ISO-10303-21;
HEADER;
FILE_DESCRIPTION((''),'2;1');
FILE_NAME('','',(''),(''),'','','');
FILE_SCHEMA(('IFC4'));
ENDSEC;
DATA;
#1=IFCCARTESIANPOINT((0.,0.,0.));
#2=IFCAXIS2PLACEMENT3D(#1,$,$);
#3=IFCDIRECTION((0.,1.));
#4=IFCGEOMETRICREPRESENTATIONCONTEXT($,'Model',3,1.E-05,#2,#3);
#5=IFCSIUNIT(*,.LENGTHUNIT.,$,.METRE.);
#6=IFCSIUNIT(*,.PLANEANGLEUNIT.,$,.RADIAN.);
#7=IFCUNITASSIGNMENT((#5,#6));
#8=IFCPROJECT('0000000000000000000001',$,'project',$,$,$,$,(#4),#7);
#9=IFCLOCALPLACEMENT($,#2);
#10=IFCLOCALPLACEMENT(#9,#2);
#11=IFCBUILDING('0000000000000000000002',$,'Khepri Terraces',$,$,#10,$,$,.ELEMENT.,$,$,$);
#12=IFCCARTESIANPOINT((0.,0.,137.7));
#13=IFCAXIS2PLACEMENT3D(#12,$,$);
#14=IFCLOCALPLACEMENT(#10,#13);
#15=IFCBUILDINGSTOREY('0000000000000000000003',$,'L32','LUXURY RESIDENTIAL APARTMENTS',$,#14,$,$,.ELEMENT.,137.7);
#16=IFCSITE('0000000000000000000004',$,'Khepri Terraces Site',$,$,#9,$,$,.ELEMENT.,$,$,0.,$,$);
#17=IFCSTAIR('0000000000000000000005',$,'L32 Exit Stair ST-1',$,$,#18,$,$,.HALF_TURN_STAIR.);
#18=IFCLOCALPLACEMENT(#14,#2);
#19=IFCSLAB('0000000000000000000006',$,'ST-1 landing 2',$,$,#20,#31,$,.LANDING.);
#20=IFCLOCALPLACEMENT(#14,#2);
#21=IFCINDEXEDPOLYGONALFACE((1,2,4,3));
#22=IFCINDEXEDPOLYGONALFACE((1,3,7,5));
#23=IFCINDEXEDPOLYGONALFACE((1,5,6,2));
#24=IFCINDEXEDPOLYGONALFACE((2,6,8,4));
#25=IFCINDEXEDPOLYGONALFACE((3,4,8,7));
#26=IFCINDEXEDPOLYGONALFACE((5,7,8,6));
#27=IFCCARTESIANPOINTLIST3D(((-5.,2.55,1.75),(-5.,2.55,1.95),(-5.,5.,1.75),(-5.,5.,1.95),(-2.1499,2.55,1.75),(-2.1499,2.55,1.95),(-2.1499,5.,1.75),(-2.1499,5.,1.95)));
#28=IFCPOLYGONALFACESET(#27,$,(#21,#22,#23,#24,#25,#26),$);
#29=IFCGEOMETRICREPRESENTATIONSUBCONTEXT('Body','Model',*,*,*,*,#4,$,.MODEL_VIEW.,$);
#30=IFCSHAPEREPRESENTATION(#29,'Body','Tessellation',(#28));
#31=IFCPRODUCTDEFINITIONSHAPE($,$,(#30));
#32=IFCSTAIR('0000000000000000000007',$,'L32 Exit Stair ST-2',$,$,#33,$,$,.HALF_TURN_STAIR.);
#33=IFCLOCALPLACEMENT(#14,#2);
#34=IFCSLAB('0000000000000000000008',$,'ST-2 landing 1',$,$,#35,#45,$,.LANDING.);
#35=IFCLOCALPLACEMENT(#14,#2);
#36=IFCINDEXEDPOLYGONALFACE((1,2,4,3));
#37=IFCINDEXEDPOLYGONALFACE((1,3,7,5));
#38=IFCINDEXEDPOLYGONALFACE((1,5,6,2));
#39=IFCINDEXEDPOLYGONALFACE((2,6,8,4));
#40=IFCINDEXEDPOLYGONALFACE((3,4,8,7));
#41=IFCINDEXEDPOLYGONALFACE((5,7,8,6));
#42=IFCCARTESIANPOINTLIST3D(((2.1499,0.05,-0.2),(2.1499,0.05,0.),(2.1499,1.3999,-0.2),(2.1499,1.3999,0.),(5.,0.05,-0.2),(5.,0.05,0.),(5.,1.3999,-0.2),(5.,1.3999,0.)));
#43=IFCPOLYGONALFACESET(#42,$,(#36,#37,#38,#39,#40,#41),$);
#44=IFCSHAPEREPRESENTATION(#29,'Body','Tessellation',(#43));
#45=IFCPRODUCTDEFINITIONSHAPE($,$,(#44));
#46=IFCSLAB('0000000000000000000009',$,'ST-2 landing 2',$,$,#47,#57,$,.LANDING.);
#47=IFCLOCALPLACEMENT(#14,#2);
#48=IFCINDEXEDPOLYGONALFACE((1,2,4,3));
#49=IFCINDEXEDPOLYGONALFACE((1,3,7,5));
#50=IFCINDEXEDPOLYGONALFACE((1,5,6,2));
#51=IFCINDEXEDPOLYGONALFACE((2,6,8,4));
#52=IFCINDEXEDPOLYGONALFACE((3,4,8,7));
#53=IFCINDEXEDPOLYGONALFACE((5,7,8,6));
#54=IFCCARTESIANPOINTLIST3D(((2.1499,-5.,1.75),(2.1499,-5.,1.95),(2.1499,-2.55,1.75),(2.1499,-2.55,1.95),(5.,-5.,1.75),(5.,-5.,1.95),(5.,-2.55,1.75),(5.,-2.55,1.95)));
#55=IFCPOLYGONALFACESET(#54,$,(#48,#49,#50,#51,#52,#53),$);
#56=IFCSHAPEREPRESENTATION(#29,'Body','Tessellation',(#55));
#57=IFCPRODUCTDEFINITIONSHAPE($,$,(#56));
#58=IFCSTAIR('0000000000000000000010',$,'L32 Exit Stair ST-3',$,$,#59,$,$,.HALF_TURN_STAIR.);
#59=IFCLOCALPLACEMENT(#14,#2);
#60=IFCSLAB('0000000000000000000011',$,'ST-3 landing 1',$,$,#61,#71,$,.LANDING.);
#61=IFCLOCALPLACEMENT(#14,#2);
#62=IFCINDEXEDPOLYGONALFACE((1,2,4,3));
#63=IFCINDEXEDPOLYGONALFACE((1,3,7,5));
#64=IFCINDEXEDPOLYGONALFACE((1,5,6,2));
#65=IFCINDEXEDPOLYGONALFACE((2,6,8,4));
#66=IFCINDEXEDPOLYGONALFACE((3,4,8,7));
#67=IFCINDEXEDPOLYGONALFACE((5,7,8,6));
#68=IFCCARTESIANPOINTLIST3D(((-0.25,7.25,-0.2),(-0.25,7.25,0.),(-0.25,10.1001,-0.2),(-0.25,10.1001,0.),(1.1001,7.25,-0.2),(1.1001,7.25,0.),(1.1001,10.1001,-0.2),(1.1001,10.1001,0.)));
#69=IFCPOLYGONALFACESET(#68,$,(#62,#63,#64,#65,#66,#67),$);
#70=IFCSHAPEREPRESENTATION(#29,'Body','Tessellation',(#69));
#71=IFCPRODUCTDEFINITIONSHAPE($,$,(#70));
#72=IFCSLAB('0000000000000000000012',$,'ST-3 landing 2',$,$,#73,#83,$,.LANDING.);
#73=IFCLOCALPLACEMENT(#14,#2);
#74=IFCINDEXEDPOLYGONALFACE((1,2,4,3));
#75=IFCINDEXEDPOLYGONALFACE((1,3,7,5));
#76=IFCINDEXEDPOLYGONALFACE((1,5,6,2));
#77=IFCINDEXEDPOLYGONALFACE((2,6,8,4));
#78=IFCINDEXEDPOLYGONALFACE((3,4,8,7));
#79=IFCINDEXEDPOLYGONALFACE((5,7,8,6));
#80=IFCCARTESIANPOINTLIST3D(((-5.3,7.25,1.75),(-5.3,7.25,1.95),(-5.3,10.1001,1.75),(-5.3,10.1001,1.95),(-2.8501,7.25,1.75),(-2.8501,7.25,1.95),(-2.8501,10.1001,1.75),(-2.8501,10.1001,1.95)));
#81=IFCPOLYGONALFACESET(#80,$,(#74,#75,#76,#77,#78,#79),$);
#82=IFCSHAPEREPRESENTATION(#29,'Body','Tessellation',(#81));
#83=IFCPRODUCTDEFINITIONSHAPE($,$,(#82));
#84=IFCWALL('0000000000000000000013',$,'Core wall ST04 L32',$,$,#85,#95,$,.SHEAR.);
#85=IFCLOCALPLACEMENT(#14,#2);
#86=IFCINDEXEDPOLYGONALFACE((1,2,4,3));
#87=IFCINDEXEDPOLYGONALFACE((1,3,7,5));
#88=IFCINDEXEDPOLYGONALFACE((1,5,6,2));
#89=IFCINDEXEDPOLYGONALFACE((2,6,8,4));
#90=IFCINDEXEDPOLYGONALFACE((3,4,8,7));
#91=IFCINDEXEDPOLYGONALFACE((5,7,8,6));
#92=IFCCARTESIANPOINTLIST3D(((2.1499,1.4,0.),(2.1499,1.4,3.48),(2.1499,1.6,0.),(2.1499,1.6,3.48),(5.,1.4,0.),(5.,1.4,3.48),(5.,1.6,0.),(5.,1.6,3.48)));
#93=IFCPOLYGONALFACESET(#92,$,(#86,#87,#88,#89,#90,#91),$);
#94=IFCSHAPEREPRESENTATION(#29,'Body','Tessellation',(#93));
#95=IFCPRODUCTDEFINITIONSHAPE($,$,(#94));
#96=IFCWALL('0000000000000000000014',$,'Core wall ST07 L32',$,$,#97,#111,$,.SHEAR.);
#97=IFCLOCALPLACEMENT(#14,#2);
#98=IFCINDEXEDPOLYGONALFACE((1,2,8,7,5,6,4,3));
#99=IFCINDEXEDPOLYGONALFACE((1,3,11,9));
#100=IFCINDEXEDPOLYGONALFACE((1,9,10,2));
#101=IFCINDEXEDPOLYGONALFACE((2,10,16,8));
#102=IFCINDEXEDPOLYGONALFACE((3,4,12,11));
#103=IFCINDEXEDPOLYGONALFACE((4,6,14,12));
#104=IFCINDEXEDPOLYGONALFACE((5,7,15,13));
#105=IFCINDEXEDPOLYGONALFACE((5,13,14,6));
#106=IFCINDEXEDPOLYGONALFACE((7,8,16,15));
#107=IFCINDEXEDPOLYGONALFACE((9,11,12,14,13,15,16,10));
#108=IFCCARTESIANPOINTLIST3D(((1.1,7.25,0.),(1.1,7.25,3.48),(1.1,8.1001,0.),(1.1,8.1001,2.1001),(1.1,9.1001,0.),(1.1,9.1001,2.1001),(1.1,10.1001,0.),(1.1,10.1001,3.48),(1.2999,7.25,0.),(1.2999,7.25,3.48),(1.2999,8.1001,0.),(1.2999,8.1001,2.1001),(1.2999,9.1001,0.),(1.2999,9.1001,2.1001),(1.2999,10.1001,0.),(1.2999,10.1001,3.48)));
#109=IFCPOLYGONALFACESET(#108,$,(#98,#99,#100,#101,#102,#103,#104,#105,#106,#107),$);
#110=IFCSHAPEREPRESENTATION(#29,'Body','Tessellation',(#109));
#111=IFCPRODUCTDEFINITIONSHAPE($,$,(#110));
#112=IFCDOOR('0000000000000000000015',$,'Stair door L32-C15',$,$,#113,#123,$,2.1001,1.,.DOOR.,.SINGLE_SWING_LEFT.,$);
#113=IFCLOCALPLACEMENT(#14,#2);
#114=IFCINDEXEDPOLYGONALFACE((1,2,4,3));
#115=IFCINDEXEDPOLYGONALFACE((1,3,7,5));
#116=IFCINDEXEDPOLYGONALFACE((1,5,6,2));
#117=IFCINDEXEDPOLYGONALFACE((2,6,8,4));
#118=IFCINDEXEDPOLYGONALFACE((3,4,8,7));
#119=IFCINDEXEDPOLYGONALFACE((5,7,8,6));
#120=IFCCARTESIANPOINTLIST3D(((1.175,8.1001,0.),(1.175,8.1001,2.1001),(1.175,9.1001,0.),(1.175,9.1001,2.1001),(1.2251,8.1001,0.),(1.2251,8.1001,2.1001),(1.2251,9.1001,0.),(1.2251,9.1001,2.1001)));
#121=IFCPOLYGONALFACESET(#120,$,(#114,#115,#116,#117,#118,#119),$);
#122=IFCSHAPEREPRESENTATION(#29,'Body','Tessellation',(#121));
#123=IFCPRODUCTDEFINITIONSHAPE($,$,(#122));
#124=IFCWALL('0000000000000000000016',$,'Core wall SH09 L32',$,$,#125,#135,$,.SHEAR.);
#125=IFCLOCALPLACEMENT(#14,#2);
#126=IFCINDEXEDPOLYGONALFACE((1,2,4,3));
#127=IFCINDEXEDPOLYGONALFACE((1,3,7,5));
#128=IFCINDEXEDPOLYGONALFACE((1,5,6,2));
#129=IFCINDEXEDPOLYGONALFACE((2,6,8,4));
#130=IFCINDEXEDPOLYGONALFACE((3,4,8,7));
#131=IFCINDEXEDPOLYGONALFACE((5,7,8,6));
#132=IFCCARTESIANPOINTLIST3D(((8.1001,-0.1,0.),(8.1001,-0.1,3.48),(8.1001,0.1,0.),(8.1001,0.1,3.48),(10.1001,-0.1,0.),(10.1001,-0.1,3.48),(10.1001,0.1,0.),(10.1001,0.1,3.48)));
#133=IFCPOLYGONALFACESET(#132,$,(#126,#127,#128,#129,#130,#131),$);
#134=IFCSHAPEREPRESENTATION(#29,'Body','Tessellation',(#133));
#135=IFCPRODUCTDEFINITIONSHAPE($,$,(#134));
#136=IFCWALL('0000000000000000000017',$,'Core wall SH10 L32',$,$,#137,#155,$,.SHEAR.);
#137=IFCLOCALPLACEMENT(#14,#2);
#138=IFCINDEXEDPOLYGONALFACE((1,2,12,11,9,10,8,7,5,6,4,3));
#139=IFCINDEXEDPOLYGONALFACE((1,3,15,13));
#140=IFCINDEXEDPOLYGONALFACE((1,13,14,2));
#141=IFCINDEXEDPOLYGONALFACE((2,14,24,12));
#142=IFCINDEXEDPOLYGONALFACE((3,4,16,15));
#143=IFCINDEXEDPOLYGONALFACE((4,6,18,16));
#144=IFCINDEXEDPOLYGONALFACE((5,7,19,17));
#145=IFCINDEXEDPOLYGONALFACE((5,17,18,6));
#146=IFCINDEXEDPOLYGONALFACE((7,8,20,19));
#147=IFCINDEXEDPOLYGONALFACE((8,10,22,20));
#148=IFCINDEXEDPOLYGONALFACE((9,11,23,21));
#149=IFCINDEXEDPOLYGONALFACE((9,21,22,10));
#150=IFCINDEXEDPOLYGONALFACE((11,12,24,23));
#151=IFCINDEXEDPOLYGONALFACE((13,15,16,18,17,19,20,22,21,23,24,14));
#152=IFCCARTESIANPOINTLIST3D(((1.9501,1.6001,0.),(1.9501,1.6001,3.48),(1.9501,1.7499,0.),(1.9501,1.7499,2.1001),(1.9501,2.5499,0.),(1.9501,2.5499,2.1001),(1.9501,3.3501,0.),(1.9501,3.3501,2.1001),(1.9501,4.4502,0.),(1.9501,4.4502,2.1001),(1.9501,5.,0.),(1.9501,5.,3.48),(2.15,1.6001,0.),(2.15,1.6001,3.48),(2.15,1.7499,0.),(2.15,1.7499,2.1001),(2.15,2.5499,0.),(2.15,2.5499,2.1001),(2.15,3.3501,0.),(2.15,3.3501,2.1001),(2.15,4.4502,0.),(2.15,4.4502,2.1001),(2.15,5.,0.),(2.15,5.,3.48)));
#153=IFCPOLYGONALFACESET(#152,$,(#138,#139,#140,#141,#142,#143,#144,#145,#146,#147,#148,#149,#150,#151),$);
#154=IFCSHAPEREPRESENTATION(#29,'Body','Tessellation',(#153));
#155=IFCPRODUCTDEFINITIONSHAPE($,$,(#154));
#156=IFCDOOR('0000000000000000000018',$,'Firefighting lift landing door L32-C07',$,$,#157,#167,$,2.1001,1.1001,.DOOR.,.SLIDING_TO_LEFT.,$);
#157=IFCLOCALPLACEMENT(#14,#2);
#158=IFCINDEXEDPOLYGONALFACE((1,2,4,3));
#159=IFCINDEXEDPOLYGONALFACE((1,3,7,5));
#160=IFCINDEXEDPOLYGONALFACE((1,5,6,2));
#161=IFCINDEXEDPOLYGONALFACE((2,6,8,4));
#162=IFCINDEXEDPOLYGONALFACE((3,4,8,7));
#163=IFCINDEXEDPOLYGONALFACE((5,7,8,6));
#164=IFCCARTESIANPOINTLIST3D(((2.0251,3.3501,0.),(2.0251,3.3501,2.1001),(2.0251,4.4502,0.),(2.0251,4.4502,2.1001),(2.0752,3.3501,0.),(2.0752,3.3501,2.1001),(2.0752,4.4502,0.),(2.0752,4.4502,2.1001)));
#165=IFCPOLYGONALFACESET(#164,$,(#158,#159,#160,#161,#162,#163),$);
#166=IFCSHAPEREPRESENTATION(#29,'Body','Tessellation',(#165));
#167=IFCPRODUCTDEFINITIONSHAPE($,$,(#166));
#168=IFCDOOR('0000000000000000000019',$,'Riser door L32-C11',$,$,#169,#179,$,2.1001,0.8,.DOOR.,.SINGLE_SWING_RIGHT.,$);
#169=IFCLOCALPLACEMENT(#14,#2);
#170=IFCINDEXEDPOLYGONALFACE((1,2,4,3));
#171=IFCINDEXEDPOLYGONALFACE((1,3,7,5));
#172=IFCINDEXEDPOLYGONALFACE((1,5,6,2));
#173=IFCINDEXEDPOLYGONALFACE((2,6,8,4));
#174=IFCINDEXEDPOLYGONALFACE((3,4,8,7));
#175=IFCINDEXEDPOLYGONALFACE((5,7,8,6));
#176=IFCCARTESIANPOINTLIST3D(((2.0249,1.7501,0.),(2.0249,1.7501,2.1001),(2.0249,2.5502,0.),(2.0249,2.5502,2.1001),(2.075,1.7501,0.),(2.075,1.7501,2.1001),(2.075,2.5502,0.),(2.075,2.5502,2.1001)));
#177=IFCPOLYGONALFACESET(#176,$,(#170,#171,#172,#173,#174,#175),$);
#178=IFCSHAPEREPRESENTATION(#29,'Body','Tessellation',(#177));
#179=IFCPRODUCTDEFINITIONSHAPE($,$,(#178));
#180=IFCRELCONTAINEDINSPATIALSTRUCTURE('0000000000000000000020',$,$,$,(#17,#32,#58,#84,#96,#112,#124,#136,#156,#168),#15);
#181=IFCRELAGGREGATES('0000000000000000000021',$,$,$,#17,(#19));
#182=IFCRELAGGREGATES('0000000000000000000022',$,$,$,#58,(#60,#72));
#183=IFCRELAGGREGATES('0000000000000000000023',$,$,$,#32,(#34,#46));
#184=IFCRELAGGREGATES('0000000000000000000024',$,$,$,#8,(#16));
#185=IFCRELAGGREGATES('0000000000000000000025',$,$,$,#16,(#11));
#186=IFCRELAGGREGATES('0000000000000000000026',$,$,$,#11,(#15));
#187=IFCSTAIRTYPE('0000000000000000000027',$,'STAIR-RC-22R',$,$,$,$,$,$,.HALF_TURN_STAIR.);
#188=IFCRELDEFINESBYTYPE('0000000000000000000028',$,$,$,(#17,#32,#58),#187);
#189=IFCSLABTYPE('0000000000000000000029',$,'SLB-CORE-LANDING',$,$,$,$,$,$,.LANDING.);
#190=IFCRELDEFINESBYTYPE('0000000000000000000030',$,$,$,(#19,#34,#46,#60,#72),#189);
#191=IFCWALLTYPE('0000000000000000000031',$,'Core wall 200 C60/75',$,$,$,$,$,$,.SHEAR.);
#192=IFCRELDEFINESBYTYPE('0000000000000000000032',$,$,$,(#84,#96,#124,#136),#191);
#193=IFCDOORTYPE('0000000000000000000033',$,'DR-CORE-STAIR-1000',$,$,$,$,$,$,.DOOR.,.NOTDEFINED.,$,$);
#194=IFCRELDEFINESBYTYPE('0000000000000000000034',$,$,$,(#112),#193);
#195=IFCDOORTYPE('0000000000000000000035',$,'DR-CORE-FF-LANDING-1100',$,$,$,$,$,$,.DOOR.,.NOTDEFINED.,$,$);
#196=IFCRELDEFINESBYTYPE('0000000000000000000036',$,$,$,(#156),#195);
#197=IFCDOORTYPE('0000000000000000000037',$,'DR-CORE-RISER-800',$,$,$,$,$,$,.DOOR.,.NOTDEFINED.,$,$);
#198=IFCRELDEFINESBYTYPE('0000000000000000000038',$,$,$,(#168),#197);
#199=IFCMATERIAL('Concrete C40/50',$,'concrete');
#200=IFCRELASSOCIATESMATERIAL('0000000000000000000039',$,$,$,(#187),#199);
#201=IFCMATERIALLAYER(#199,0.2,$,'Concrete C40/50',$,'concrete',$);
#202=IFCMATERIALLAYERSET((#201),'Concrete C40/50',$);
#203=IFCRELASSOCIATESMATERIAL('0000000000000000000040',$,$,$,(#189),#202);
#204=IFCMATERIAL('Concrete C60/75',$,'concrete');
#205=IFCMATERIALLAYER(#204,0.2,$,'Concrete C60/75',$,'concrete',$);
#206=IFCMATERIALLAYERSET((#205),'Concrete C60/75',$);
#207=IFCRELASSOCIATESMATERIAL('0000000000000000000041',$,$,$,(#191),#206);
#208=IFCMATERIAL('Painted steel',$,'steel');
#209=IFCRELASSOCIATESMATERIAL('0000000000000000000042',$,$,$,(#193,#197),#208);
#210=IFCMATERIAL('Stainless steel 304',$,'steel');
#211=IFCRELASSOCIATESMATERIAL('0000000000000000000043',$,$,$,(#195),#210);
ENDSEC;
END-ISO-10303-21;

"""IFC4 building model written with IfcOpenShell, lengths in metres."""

from ifc_helpers import new_model, si_unit, direction, frame, frame_2d, origin, place, context, subcontext, project, spatial, polyline, rectangle, outline, extrude, material, layer, layer_set, type_object, element, fill, aggregate, save


model = new_model("IFC4")

# Units and contexts
model_context = context("Model", 3, precision=1e-05, world=origin(), true_north=direction((0.0, 1.0)))
body_context = subcontext(model_context, "Body", "Model", "MODEL_VIEW")
ifc_project = project(units=[si_unit("LENGTHUNIT", "METRE"), si_unit("PLANEANGLEUNIT", "RADIAN")], contexts=[model_context])

# Site, building, storey
site_placement = place(None, origin())
site = spatial("IfcSite", under=ifc_project, at=site_placement, Name="Khepri Terraces Site", CompositionType="ELEMENT", RefElevation=0.0)
building_placement = place(site_placement, origin())
building = spatial("IfcBuilding", under=site, at=building_placement, Name="Khepri Terraces", CompositionType="ELEMENT")
storey_placement = place(building_placement, frame((0.0, 0.0, 137.7)))
storey = spatial("IfcBuildingStorey", under=building, at=storey_placement, Name="L32", Description="LUXURY RESIDENTIAL APARTMENTS", CompositionType="ELEMENT", Elevation=137.7)

# Stair, slab
ifc_material_1 = material(Name="Concrete C40/50", Category="concrete")
stair_type = type_object("IfcStairType", Name="STAIR-RC-22R", PredefinedType="HALF_TURN_STAIR", material=ifc_material_1)
stair_1_placement = place(storey_placement, origin())
stair_1 = element("IfcStair", 1, at=stair_1_placement, inside=storey, type_object=stair_type, Name="L32 Exit Stair ST-1", PredefinedType="HALF_TURN_STAIR")
ifc_layer_1 = layer(ifc_material_1, 0.2, Name="Concrete C40/50", Category="concrete")
ifc_layer_set_1 = layer_set([ifc_layer_1], Name="Concrete C40/50")
slab_type = type_object("IfcSlabType", Name="SLB-CORE-LANDING", PredefinedType="LANDING", material=ifc_layer_set_1)
slab_1_placement = place(storey_placement, frame((0.0, 0.0, 1.75)))
slab_1 = element("IfcSlab", 2, at=slab_1_placement, type_object=slab_type, Name="ST-1 landing 2", PredefinedType="LANDING", context=body_context, shape_type="SweptSolid", body=[
    extrude(outline(polyline([(-2.1499, 2.55), (-2.1499, 5.0), (-5.0, 5.0), (-5.0, 2.55), (-2.1499, 2.55)])), origin(), (0.0, 0.0, 1.0), 0.2),
])
aggregate(stair_1, [slab_1])

# Stairs, slabs
stair_2_placement = place(storey_placement, origin())
stair_2 = element("IfcStair", 3, at=stair_2_placement, inside=storey, type_object=stair_type, Name="L32 Exit Stair ST-2", PredefinedType="HALF_TURN_STAIR")
slab_2_placement = place(storey_placement, frame((0.0, 0.0, -0.2)))
slab_2 = element("IfcSlab", 4, at=slab_2_placement, type_object=slab_type, Name="ST-2 landing 1", PredefinedType="LANDING", context=body_context, shape_type="SweptSolid", body=[
    extrude(outline(polyline([(2.1499, 1.3999), (2.1499, 0.05), (5.0, 0.05), (5.0, 1.3999), (2.1499, 1.3999)])), origin(), (0.0, 0.0, 1.0), 0.2),
])
slab_3_placement = place(storey_placement, frame((0.0, 0.0, 1.75)))
slab_3 = element("IfcSlab", 5, at=slab_3_placement, type_object=slab_type, Name="ST-2 landing 2", PredefinedType="LANDING", context=body_context, shape_type="SweptSolid", body=[
    extrude(outline(polyline([(2.1499, -2.55), (2.1499, -5.0), (5.0, -5.0), (5.0, -2.55), (2.1499, -2.55)])), origin(), (0.0, 0.0, 1.0), 0.2),
])
stair_3_placement = place(storey_placement, origin())
stair_3 = element("IfcStair", 6, at=stair_3_placement, inside=storey, type_object=stair_type, Name="L32 Exit Stair ST-3", PredefinedType="HALF_TURN_STAIR")
slab_4_placement = place(storey_placement, frame((0.0, 0.0, -0.2)))
slab_4 = element("IfcSlab", 7, at=slab_4_placement, type_object=slab_type, Name="ST-3 landing 1", PredefinedType="LANDING", context=body_context, shape_type="SweptSolid", body=[
    extrude(outline(polyline([(1.1001, 10.1001), (-0.25, 10.1001), (-0.25, 7.25), (1.1001, 7.25), (1.1001, 10.1001)])), origin(), (0.0, 0.0, 1.0), 0.2),
])
slab_5_placement = place(storey_placement, frame((0.0, 0.0, 1.75)))
slab_5 = element("IfcSlab", 8, at=slab_5_placement, type_object=slab_type, Name="ST-3 landing 2", PredefinedType="LANDING", context=body_context, shape_type="SweptSolid", body=[
    extrude(outline(polyline([(-2.8501, 10.1001), (-5.3, 10.1001), (-5.3, 7.25), (-2.8501, 7.25), (-2.8501, 10.1001)])), origin(), (0.0, 0.0, 1.0), 0.2),
])
aggregate(stair_3, [slab_4, slab_5])

# Wall
ifc_material_2 = material(Name="Concrete C60/75", Category="concrete")
ifc_layer_2 = layer(ifc_material_2, 0.2, Name="Concrete C60/75", Category="concrete")
ifc_layer_set_2 = layer_set([ifc_layer_2], Name="Concrete C60/75")
wall_type_1 = type_object("IfcWallType", Name="Core wall 200 C60/75", PredefinedType="SHEAR", material=ifc_layer_set_2)
wall_1_placement = place(storey_placement, frame((2.1499, 1.5, 0.0), z_axis=(0.0, 0.0, 1.0), x_axis=(1.0, 0.0, 0.0)))
element("IfcWall", 9, at=wall_1_placement, inside=storey, type_object=wall_type_1, Name="Core wall ST04 L32", PredefinedType="SHEAR", context=body_context, shape_type="SweptSolid", body=[
    extrude(rectangle(XDim=2.8501, YDim=0.2, at=frame_2d((1.425, 0.0))), origin(), (0.0, 0.0, 1.0), 3.48),
])

# Wall, opening, door
wall_2_placement = place(storey_placement, frame((1.2, 7.25, 0.0), z_axis=(0.0, 0.0, 1.0), x_axis=(0.0, 1.0, 0.0)))
wall_2 = element("IfcWall", 10, at=wall_2_placement, inside=storey, type_object=wall_type_1, Name="Core wall ST07 L32", PredefinedType="SHEAR", context=body_context, shape_type="SweptSolid", body=[
    extrude(rectangle(XDim=2.8501, YDim=0.2, at=frame_2d((1.425, 0.0))), origin(), (0.0, 0.0, 1.0), 3.48),
])
opening_1_placement = place(wall_2_placement, frame((0.8501, 0.0, 0.0)))
opening_1 = element("IfcOpeningElement", 11, at=opening_1_placement, cuts=wall_2, PredefinedType="OPENING", context=body_context, shape_type="SweptSolid", body=[
    extrude(rectangle(XDim=1.0, YDim=2.1001, at=frame_2d((0.5, 1.05))), frame((0.0, 0.1099, 0.0), z_axis=(0.0, -1.0, 0.0), x_axis=(1.0, 0.0, 0.0)), (0.0, 0.0, 1.0), 0.22),
])
ifc_material_3 = material(Name="Painted steel", Category="steel")
door_type_1 = type_object("IfcDoorType", Name="DR-CORE-STAIR-1000", OperationType="NOTDEFINED", PredefinedType="DOOR", material=ifc_material_3)
door_1_placement = place(opening_1_placement, origin())
door_1 = element("IfcDoor", 12, at=door_1_placement, inside=storey, type_object=door_type_1, Name="Stair door L32-C15", OperationType="SINGLE_SWING_LEFT", OverallHeight=2.1001, OverallWidth=1.0, PredefinedType="DOOR", context=body_context, shape_type="SweptSolid", body=[
    extrude(rectangle(XDim=1.0, YDim=2.1001, at=frame_2d((0.5, 1.05))), frame((0.0, 0.0249, 0.0), z_axis=(0.0, -1.0, 0.0), x_axis=(1.0, 0.0, 0.0)), (0.0, 0.0, 1.0), 0.05),
])
fill(opening_1, door_1)

# Wall
wall_3_placement = place(storey_placement, frame((8.1001, 0.0, 0.0), z_axis=(0.0, 0.0, 1.0), x_axis=(1.0, 0.0, 0.0)))
element("IfcWall", 13, at=wall_3_placement, inside=storey, type_object=wall_type_1, Name="Core wall SH09 L32", PredefinedType="SHEAR", context=body_context, shape_type="SweptSolid", body=[
    extrude(rectangle(XDim=2.0, YDim=0.2, at=frame_2d((1.0, 0.0))), origin(), (0.0, 0.0, 1.0), 3.48),
])

# Wall, openings, doors
wall_4_placement = place(storey_placement, frame((2.05, 1.6001, 0.0), z_axis=(0.0, 0.0, 1.0), x_axis=(0.0, 1.0, 0.0)))
wall_4 = element("IfcWall", 14, at=wall_4_placement, inside=storey, type_object=wall_type_1, Name="Core wall SH10 L32", PredefinedType="SHEAR", context=body_context, shape_type="SweptSolid", body=[
    extrude(rectangle(XDim=3.3999, YDim=0.2, at=frame_2d((1.7, 0.0))), origin(), (0.0, 0.0, 1.0), 3.48),
])
opening_2_placement = place(wall_4_placement, frame((1.75, 0.0, 0.0)))
opening_2 = element("IfcOpeningElement", 15, at=opening_2_placement, cuts=wall_4, PredefinedType="OPENING", context=body_context, shape_type="SweptSolid", body=[
    extrude(rectangle(XDim=1.1001, YDim=2.1001, at=frame_2d((0.55, 1.05))), frame((0.0, 0.1099, 0.0), z_axis=(0.0, -1.0, 0.0), x_axis=(1.0, 0.0, 0.0)), (0.0, 0.0, 1.0), 0.22),
])
opening_3_placement = place(wall_4_placement, frame((0.1499, 0.0, 0.0)))
opening_3 = element("IfcOpeningElement", 16, at=opening_3_placement, cuts=wall_4, PredefinedType="OPENING", context=body_context, shape_type="SweptSolid", body=[
    extrude(rectangle(XDim=0.8, YDim=2.1001, at=frame_2d((0.3999, 1.05))), frame((0.0, 0.1099, 0.0), z_axis=(0.0, -1.0, 0.0), x_axis=(1.0, 0.0, 0.0)), (0.0, 0.0, 1.0), 0.22),
])
ifc_material_4 = material(Name="Stainless steel 304", Category="steel")
door_type_2 = type_object("IfcDoorType", Name="DR-CORE-FF-LANDING-1100", OperationType="NOTDEFINED", PredefinedType="DOOR", material=ifc_material_4)
door_2_placement = place(opening_2_placement, origin())
door_2 = element("IfcDoor", 17, at=door_2_placement, inside=storey, type_object=door_type_2, Name="Firefighting lift landing door L32-C07", OperationType="SLIDING_TO_LEFT", OverallHeight=2.1001, OverallWidth=1.1001, PredefinedType="DOOR", context=body_context, shape_type="SweptSolid", body=[
    extrude(rectangle(XDim=1.1001, YDim=2.1001, at=frame_2d((0.55, 1.05))), frame((0.0, 0.0249, 0.0), z_axis=(0.0, -1.0, 0.0), x_axis=(1.0, 0.0, 0.0)), (0.0, 0.0, 1.0), 0.05),
])
fill(opening_2, door_2)
door_type_3 = type_object("IfcDoorType", Name="DR-CORE-RISER-800", OperationType="NOTDEFINED", PredefinedType="DOOR", material=ifc_material_3)
door_3_placement = place(opening_3_placement, frame((0.8, 0.0, 0.0), z_axis=(0.0, 0.0, 1.0), x_axis=(-1.0, 0.0, 0.0)))
door_3 = element("IfcDoor", 18, at=door_3_placement, inside=storey, type_object=door_type_3, Name="Riser door L32-C11", OperationType="SINGLE_SWING_RIGHT", OverallHeight=2.1001, OverallWidth=0.8, PredefinedType="DOOR", context=body_context, shape_type="SweptSolid", body=[
    extrude(rectangle(XDim=0.8, YDim=2.1001, at=frame_2d((0.3999, 1.05))), frame((0.0, 0.0249, 0.0), z_axis=(0.0, -1.0, 0.0), x_axis=(1.0, 0.0, 0.0)), (0.0, 0.0, 1.0), 0.05),
])
fill(opening_3, door_3)

aggregate(stair_2, [slab_2, slab_3])

save(model, "model.ifc")
